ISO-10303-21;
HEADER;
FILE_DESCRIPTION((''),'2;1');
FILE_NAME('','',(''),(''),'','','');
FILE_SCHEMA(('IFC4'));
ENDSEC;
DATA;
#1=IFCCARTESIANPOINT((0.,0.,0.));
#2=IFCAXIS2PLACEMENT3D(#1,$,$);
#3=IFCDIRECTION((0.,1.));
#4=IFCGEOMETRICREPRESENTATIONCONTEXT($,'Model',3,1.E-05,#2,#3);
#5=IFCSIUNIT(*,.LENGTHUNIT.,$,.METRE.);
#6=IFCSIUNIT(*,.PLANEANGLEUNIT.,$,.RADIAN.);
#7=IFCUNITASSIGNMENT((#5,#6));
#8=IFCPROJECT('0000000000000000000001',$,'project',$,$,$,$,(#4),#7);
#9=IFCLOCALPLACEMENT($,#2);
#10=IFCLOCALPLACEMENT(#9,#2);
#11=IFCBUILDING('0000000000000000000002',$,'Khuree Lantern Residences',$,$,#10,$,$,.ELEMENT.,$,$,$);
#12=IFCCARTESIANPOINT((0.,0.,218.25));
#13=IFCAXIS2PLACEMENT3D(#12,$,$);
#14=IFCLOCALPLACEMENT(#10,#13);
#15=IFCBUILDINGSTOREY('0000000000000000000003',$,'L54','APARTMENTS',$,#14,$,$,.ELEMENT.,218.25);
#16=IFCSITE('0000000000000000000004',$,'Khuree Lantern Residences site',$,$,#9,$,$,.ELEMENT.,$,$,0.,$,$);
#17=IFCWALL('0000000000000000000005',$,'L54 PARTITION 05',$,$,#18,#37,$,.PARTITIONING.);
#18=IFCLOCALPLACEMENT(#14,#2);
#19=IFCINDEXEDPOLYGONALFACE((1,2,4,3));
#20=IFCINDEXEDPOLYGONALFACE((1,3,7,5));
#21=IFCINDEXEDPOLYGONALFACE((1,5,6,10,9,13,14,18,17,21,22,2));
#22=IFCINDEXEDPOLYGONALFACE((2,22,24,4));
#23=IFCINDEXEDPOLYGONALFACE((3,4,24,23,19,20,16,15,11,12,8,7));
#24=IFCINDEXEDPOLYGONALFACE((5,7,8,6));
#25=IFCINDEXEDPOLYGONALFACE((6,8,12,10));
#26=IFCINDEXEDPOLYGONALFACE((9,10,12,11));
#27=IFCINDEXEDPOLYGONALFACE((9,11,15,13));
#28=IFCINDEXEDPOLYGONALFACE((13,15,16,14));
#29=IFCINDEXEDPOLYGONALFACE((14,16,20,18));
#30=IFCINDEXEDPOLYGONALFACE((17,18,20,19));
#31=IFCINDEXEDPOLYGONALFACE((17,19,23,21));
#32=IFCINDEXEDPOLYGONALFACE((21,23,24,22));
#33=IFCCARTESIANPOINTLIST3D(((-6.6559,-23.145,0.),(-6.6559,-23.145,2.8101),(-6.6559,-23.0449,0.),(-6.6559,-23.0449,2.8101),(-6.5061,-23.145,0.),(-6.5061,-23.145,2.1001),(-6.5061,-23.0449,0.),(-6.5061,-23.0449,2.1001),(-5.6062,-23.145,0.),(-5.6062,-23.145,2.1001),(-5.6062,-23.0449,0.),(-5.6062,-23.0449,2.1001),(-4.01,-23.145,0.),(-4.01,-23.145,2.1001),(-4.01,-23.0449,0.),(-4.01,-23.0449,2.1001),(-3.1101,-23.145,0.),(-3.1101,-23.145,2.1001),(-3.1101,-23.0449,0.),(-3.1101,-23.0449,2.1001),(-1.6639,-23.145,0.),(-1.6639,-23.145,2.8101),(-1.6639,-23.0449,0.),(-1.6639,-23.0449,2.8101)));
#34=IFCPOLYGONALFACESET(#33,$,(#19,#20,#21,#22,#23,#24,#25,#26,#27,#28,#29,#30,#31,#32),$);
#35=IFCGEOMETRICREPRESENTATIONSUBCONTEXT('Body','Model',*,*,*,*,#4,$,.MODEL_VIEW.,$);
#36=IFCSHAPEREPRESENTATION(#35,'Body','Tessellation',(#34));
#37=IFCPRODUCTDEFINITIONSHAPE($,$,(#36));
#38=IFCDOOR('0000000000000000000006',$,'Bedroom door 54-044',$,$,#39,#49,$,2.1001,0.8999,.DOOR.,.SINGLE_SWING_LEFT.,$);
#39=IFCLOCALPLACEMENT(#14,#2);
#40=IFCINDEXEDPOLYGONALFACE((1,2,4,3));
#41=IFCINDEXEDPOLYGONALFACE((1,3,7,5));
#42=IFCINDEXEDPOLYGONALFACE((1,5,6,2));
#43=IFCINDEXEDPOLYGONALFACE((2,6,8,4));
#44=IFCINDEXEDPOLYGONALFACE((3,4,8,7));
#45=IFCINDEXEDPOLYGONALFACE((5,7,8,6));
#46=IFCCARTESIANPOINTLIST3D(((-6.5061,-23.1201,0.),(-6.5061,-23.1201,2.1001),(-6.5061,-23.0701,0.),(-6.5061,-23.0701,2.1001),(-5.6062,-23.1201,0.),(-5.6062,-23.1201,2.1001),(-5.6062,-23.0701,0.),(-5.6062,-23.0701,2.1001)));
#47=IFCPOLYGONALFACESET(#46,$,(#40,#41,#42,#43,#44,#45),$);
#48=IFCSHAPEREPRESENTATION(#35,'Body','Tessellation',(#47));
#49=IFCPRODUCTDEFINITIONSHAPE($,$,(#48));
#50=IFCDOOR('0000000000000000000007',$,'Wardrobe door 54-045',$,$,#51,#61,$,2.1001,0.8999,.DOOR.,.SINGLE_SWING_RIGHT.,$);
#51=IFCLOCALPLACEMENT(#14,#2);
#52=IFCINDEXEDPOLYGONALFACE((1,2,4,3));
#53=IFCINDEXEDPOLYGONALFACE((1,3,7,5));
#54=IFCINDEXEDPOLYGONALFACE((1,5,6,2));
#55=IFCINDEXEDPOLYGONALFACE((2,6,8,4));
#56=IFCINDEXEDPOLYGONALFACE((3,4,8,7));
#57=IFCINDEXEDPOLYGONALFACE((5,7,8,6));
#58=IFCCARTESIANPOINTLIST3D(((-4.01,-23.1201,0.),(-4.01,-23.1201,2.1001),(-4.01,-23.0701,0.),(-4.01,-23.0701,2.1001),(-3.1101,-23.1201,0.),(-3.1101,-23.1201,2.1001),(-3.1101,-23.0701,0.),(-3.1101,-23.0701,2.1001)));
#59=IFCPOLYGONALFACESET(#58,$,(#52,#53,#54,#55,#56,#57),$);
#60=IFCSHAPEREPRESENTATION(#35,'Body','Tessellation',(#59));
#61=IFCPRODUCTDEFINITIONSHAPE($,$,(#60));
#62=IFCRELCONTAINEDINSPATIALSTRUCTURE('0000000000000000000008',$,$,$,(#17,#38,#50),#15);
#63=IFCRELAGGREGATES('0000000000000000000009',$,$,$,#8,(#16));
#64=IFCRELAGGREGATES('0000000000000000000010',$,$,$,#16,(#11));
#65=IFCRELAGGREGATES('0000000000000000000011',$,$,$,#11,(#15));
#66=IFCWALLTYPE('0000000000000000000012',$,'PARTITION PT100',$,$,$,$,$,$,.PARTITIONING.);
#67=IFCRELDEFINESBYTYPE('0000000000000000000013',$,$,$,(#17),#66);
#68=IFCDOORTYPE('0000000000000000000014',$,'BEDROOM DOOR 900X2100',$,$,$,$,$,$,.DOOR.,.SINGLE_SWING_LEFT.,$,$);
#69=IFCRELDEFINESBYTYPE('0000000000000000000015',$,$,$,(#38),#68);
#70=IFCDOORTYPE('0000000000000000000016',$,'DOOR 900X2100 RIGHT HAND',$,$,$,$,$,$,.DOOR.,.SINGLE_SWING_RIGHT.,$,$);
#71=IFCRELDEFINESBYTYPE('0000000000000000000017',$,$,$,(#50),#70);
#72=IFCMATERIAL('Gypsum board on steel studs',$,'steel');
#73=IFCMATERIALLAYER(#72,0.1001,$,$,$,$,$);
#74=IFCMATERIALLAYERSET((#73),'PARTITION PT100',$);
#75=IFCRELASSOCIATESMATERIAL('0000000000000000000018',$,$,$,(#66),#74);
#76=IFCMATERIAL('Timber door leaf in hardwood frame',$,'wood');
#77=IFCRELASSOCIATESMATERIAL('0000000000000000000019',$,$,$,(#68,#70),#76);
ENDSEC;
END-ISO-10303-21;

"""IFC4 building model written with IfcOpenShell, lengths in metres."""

from ifc_helpers import new_model, si_unit, direction, frame, frame_2d, origin, place, context, subcontext, project, spatial, rectangle, extrude, material, layer, layer_set, type_object, element, fill, save


model = new_model("IFC4")

# Units and contexts
model_context = context("Model", 3, precision=1e-05, world=origin(), true_north=direction((0.0, 1.0)))
body_context = subcontext(model_context, "Body", "Model", "MODEL_VIEW")
ifc_project = project(units=[si_unit("LENGTHUNIT", "METRE"), si_unit("PLANEANGLEUNIT", "RADIAN")], contexts=[model_context])

# Site, building, storey
site_placement = place(None, origin())
site = spatial("IfcSite", under=ifc_project, at=site_placement, Name="Khuree Lantern Residences site", CompositionType="ELEMENT", RefElevation=0.0)
building_placement = place(site_placement, origin())
building = spatial("IfcBuilding", under=site, at=building_placement, Name="Khuree Lantern Residences", CompositionType="ELEMENT")
storey_placement = place(building_placement, frame((0.0, 0.0, 218.25)))
storey = spatial("IfcBuildingStorey", under=building, at=storey_placement, Name="L54", Description="APARTMENTS", CompositionType="ELEMENT", Elevation=218.25)

# Shared definitions
ifc_material_1 = material(Name="Gypsum board on steel studs", Category="steel")
ifc_layer_1 = layer(ifc_material_1, 0.1001)
ifc_layer_set_1 = layer_set([ifc_layer_1], Name="PARTITION PT100")
wall_type = type_object("IfcWallType", Name="PARTITION PT100", PredefinedType="PARTITIONING", material=ifc_layer_set_1)

# Shared definitions
ifc_material_2 = material(Name="Timber door leaf in hardwood frame", Category="wood")
door_type_1 = type_object("IfcDoorType", Name="BEDROOM DOOR 900X2100", OperationType="SINGLE_SWING_LEFT", PredefinedType="DOOR", material=ifc_material_2)

# Wall, openings, doors
wall_1_placement = place(storey_placement, frame((-6.656, -23.095, 0.0), z_axis=(0.0, 0.0, 1.0), x_axis=(1.0, 0.0, 0.0)))
wall_1 = element("IfcWall", 1, at=wall_1_placement, inside=storey, type_object=wall_type, Name="L54 PARTITION 05", PredefinedType="PARTITIONING", context=body_context, shape_type="SweptSolid", body=[
    extrude(rectangle(XDim=4.9919, YDim=0.1001, at=frame_2d((2.4961, 0.0))), origin(), (0.0, 0.0, 1.0), 2.8101),
])
opening_1_placement = place(wall_1_placement, frame((0.1499, 0.0, 0.0)))
opening_1 = element("IfcOpeningElement", 2, at=opening_1_placement, cuts=wall_1, PredefinedType="OPENING", context=body_context, shape_type="SweptSolid", body=[
    extrude(rectangle(XDim=0.8999, YDim=2.1001, at=frame_2d((0.45, 1.05))), frame((0.0, 0.0601, 0.0), z_axis=(0.0, -1.0, 0.0), x_axis=(1.0, 0.0, 0.0)), (0.0, 0.0, 1.0), 0.1201),
])
opening_2_placement = place(wall_1_placement, frame((2.646, 0.0, 0.0)))
opening_2 = element("IfcOpeningElement", 3, at=opening_2_placement, cuts=wall_1, PredefinedType="OPENING", context=body_context, shape_type="SweptSolid", body=[
    extrude(rectangle(XDim=0.8999, YDim=2.1001, at=frame_2d((0.45, 1.05))), frame((0.0, 0.0601, 0.0), z_axis=(0.0, -1.0, 0.0), x_axis=(1.0, 0.0, 0.0)), (0.0, 0.0, 1.0), 0.1201),
])
door_1_placement = place(opening_1_placement, origin())
door_1 = element("IfcDoor", 4, at=door_1_placement, inside=storey, type_object=door_type_1, Name="Bedroom door 54-044", OperationType="SINGLE_SWING_LEFT", OverallHeight=2.1001, OverallWidth=0.8999, PredefinedType="DOOR", context=body_context, shape_type="SweptSolid", body=[
    extrude(rectangle(XDim=0.8999, YDim=2.1001, at=frame_2d((0.45, 1.05))), frame((0.0, 0.0249, 0.0), z_axis=(0.0, -1.0, 0.0), x_axis=(1.0, 0.0, 0.0)), (0.0, 0.0, 1.0), 0.05),
])
fill(opening_1, door_1)
door_type_2 = type_object("IfcDoorType", Name="DOOR 900X2100 RIGHT HAND", OperationType="SINGLE_SWING_RIGHT", PredefinedType="DOOR", material=ifc_material_2)
door_2_placement = place(opening_2_placement, origin())
door_2 = element("IfcDoor", 5, at=door_2_placement, inside=storey, type_object=door_type_2, Name="Wardrobe door 54-045", OperationType="SINGLE_SWING_RIGHT", OverallHeight=2.1001, OverallWidth=0.8999, PredefinedType="DOOR", context=body_context, shape_type="SweptSolid", body=[
    extrude(rectangle(XDim=0.8999, YDim=2.1001, at=frame_2d((0.45, 1.05))), frame((0.0, 0.0249, 0.0), z_axis=(0.0, -1.0, 0.0), x_axis=(1.0, 0.0, 0.0)), (0.0, 0.0, 1.0), 0.05),
])
fill(opening_2, door_2)

save(model, "model.ifc")
